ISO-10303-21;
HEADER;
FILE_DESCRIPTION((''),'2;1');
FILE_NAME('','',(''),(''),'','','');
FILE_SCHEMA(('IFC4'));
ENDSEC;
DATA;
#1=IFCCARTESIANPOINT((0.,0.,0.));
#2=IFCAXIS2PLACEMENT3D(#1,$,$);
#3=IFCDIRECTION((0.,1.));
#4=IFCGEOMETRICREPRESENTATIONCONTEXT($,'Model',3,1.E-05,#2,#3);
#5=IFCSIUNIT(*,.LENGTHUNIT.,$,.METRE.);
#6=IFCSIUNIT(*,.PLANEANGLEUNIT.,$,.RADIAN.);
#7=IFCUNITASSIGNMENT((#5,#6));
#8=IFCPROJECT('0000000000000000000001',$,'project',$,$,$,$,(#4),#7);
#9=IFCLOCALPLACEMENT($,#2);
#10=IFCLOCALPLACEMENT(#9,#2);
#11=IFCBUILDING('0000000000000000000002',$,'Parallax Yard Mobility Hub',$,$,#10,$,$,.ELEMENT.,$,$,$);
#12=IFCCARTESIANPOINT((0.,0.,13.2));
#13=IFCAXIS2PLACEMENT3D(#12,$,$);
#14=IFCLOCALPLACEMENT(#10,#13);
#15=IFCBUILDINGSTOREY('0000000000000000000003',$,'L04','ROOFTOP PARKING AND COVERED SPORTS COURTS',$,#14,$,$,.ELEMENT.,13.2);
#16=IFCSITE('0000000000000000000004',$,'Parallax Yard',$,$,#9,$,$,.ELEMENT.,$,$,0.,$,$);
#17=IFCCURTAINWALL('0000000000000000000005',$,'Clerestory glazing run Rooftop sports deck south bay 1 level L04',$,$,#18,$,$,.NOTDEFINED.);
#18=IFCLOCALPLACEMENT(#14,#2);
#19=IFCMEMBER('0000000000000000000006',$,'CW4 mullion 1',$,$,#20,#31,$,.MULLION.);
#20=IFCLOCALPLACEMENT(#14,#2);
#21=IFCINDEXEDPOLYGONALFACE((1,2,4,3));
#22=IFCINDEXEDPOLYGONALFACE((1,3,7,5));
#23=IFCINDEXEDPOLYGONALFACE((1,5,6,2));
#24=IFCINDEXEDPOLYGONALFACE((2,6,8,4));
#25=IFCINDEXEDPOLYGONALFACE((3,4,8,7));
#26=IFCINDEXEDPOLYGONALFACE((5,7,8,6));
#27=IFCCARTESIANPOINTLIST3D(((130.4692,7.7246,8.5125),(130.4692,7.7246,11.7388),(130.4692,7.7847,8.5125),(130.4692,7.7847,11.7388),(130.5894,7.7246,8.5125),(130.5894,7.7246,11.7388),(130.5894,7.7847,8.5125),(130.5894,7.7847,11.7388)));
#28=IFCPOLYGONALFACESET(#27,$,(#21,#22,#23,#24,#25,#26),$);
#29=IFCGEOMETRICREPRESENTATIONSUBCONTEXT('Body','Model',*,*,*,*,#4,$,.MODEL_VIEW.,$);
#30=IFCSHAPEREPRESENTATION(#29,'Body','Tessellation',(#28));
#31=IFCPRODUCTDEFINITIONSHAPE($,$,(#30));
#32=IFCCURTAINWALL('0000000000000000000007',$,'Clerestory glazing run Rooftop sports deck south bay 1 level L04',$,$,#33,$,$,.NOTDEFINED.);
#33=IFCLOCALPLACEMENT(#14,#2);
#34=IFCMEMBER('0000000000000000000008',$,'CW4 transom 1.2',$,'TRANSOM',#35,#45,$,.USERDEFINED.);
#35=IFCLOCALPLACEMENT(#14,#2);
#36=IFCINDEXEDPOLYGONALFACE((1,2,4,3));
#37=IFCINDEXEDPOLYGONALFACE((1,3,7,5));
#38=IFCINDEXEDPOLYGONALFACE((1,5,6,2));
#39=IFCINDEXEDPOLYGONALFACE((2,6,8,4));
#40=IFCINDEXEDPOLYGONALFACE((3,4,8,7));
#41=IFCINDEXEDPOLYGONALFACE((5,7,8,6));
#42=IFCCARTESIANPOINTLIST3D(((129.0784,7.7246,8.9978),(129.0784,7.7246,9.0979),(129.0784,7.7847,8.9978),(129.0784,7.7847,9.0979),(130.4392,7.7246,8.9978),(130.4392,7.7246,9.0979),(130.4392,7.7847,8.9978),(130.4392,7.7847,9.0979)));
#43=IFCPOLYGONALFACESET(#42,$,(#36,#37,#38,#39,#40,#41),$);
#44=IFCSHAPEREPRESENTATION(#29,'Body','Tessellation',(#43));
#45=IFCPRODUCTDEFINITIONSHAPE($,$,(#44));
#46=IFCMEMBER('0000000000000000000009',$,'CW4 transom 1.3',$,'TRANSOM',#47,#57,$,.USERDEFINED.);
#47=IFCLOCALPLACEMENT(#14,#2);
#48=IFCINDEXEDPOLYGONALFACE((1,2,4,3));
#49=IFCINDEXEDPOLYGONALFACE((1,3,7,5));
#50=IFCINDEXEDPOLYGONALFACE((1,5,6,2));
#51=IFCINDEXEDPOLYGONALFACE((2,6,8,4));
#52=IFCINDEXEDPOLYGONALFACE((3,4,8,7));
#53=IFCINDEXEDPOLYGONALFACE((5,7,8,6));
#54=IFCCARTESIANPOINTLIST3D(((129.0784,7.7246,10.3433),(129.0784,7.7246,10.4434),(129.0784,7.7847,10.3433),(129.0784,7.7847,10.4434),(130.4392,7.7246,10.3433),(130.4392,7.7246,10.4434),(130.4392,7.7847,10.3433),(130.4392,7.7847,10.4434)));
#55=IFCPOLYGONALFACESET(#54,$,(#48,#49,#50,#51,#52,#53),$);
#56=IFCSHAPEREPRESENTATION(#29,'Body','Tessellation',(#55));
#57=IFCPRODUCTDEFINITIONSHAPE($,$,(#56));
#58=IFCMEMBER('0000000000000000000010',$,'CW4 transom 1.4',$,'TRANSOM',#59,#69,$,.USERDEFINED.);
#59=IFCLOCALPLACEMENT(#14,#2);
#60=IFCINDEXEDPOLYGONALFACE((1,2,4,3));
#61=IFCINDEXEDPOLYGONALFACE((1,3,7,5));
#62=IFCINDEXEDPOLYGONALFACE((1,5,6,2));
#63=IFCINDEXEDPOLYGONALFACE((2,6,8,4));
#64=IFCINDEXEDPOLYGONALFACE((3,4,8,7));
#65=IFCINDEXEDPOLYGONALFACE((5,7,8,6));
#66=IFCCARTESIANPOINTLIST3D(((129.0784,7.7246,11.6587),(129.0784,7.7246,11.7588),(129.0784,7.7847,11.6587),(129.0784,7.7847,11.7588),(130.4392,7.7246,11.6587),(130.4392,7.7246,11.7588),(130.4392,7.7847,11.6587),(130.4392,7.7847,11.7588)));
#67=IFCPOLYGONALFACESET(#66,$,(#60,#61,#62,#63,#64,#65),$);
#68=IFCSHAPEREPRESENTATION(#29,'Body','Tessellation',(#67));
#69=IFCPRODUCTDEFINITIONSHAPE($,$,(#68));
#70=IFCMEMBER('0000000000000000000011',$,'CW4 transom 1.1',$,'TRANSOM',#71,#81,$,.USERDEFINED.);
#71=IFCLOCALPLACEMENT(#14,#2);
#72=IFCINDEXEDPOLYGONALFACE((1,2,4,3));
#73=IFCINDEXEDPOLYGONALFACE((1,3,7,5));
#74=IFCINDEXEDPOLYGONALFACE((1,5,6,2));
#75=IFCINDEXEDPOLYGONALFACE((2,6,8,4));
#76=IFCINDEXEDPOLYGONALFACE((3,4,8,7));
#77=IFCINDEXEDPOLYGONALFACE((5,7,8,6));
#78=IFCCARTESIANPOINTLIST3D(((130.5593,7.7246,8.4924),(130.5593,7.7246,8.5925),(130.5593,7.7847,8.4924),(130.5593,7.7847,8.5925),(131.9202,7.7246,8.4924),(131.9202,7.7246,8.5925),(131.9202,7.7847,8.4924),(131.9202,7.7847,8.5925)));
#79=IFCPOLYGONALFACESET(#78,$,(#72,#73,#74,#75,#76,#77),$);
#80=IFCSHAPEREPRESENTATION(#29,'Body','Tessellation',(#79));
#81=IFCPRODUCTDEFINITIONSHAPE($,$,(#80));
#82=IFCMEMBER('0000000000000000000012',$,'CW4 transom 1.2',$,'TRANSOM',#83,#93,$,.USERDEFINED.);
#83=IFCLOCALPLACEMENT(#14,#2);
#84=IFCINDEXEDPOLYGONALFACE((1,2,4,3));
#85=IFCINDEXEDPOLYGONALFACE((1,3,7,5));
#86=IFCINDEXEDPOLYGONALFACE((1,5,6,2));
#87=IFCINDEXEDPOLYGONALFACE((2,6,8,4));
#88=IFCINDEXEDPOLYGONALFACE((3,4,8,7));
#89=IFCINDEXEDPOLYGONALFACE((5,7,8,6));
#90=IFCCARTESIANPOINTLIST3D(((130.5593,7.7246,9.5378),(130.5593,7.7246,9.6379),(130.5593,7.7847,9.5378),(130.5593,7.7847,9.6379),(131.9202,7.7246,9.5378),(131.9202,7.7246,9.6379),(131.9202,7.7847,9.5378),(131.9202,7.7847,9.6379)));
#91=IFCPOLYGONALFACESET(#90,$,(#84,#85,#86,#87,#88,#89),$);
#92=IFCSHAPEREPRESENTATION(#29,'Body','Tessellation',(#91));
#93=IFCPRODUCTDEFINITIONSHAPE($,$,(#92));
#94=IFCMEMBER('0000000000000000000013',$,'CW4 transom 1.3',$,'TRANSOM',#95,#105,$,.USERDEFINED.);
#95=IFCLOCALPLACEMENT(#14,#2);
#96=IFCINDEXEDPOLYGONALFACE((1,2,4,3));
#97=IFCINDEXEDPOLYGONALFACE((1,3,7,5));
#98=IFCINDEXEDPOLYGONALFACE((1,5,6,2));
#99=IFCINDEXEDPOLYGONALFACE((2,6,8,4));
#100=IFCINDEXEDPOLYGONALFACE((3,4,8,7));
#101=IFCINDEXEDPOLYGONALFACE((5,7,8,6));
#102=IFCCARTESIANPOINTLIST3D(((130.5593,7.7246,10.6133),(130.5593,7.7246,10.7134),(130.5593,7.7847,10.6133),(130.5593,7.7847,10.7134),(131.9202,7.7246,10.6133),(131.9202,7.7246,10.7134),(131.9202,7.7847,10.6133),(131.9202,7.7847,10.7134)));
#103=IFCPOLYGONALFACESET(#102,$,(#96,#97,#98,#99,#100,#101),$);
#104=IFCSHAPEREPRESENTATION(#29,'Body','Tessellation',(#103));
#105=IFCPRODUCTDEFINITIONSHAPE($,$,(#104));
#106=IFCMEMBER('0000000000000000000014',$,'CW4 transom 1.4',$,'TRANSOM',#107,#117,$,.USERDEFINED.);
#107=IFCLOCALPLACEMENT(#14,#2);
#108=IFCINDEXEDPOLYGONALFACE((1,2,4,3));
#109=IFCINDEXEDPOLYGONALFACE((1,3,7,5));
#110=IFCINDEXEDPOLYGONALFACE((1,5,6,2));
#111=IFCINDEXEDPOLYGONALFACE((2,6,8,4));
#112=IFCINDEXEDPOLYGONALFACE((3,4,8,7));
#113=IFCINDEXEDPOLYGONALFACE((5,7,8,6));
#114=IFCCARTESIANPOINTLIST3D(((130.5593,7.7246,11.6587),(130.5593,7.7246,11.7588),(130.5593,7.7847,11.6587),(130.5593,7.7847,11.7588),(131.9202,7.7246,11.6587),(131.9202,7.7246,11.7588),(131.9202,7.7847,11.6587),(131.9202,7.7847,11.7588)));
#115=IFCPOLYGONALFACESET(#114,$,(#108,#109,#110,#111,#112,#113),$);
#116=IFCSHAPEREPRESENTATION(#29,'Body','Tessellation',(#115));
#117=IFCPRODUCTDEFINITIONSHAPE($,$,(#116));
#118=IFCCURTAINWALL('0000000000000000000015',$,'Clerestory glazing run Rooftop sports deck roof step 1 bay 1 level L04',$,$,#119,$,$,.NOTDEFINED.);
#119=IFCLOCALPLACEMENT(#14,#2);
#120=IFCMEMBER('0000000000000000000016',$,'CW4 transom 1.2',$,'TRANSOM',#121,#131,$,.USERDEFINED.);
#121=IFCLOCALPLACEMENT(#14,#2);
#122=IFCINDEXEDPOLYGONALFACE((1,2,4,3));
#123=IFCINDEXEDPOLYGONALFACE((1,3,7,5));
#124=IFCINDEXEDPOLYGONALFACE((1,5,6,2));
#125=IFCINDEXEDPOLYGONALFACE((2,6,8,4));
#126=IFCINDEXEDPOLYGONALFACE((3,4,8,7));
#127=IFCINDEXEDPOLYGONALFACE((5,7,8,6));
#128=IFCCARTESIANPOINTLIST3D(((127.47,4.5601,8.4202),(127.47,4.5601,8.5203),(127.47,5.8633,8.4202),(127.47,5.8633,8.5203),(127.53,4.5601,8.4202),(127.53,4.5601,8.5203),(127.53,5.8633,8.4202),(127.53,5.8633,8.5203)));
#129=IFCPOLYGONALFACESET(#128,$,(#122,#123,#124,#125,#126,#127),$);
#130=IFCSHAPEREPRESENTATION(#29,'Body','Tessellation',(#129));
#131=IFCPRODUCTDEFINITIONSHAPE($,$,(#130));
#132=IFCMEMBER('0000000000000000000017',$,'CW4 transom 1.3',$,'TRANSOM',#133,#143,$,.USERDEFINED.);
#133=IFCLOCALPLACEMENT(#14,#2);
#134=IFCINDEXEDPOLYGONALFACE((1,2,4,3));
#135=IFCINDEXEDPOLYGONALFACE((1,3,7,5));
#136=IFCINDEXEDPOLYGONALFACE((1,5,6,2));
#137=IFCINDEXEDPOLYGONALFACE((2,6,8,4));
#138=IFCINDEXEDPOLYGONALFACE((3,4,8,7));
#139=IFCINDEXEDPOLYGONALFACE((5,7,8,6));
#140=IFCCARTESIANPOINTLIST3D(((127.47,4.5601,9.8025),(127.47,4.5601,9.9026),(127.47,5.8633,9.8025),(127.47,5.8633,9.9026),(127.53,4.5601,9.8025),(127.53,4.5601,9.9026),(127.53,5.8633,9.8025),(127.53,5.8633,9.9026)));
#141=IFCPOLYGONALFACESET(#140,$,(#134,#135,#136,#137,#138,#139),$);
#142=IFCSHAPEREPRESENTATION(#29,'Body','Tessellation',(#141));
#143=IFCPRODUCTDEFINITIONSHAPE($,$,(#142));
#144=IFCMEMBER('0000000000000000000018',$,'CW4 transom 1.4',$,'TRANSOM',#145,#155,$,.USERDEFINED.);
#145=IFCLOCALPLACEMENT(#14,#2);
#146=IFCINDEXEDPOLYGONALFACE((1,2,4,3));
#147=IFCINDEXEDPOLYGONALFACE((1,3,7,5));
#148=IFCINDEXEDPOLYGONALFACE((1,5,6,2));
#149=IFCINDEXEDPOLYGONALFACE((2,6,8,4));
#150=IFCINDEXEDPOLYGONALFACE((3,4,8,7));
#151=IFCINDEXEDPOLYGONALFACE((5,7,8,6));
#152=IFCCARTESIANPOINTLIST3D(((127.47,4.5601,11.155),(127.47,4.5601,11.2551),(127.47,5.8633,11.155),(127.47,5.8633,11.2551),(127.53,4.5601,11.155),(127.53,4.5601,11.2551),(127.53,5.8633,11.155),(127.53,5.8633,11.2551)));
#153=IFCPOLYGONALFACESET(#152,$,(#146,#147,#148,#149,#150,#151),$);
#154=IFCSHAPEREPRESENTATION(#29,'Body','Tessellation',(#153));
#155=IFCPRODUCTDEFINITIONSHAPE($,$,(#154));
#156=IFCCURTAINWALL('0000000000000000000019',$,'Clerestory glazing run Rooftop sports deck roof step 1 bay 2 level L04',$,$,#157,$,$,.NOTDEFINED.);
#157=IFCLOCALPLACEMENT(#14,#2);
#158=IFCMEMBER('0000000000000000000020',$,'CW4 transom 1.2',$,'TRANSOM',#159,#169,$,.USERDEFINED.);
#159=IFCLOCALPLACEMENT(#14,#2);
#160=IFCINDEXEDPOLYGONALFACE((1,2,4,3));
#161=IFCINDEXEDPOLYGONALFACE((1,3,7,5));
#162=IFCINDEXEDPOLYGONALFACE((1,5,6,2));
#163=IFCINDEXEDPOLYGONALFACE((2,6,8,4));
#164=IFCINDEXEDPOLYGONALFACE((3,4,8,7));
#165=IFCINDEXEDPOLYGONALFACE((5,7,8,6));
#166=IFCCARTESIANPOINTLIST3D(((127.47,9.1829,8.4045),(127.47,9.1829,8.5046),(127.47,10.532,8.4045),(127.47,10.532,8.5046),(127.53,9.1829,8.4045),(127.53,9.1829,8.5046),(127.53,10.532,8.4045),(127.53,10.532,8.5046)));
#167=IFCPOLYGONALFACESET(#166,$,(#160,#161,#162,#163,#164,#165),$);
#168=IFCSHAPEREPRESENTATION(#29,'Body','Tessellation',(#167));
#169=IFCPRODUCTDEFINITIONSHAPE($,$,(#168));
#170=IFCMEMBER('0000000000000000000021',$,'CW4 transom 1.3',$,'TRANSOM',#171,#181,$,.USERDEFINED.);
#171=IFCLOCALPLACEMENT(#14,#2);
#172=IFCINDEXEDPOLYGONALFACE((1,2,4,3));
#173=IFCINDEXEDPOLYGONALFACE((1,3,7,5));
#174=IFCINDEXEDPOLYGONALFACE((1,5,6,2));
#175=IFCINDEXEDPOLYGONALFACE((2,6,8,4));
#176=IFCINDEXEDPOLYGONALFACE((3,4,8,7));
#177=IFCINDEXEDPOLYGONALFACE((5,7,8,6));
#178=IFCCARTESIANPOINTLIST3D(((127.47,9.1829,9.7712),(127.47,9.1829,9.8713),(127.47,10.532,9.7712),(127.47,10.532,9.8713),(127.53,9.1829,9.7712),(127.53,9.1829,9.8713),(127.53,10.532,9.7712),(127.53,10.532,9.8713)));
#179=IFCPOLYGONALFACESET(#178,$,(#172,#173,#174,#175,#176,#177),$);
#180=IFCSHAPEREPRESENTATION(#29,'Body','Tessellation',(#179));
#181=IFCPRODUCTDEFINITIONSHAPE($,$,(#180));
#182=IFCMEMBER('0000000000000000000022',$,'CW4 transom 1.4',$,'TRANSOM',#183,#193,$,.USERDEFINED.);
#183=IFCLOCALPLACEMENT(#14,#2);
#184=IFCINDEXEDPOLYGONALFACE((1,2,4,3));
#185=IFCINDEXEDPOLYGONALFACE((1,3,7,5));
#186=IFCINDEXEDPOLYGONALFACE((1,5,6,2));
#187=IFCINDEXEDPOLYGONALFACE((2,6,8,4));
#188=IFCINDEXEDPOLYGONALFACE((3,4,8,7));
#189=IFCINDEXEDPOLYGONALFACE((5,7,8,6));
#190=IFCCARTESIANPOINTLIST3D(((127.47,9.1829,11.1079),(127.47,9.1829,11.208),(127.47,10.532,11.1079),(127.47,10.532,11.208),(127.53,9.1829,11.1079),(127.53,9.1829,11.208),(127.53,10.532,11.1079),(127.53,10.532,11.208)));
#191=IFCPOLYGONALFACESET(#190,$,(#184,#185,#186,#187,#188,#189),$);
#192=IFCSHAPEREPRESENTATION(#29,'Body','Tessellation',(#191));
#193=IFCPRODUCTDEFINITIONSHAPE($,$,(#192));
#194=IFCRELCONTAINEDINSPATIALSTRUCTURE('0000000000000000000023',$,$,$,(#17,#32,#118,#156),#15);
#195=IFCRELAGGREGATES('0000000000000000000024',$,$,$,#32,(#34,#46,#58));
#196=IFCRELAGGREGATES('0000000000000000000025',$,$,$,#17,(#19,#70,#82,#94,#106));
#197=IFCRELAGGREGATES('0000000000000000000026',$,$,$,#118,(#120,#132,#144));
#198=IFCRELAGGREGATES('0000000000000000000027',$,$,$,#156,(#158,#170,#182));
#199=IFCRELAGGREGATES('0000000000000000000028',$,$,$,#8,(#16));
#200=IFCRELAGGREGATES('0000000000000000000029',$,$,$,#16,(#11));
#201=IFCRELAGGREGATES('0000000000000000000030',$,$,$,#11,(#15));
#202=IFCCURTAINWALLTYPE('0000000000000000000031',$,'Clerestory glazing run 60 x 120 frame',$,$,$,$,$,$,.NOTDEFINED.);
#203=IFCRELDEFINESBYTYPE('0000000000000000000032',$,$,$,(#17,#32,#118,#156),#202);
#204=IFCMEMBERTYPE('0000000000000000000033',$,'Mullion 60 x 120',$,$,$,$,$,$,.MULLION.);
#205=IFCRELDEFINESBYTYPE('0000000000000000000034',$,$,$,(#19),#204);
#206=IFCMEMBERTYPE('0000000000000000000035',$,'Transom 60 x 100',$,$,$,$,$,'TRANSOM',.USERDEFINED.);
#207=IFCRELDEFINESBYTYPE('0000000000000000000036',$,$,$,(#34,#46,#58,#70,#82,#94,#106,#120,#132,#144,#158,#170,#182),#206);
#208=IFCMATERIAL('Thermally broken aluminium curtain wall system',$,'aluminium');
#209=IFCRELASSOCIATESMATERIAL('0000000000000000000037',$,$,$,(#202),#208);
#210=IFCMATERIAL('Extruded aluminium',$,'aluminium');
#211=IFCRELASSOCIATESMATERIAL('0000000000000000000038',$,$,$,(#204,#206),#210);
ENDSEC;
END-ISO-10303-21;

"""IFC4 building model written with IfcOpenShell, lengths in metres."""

from ifc_helpers import new_model, si_unit, direction, frame, origin, origin_2d, place, context, subcontext, project, spatial, rectangle, extrude, material, material_profile, profile_set, type_object, element, aggregate, save


model = new_model("IFC4")

# Units and contexts
model_context = context("Model", 3, precision=1e-05, world=origin(), true_north=direction((0.0, 1.0)))
body_context = subcontext(model_context, "Body", "Model", "MODEL_VIEW")
ifc_project = project(units=[si_unit("LENGTHUNIT", "METRE"), si_unit("PLANEANGLEUNIT", "RADIAN")], contexts=[model_context])

# Site, building, storey
site_placement = place(None, origin())
site = spatial("IfcSite", under=ifc_project, at=site_placement, Name="Parallax Yard", CompositionType="ELEMENT", RefElevation=0.0)
building_placement = place(site_placement, origin())
building = spatial("IfcBuilding", under=site, at=building_placement, Name="Parallax Yard Mobility Hub", CompositionType="ELEMENT")
storey_placement = place(building_placement, frame((0.0, 0.0, 13.2)))
storey = spatial("IfcBuildingStorey", under=building, at=storey_placement, Name="L04", Description="ROOFTOP PARKING AND COVERED SPORTS COURTS", CompositionType="ELEMENT", Elevation=13.2)

# Curtain wall, member
ifc_material_1 = material(Name="Thermally broken aluminium curtain wall system", Category="aluminium")
curtain_wall_type = type_object("IfcCurtainWallType", Name="Clerestory glazing run 60 x 120 frame", PredefinedType="NOTDEFINED", material=ifc_material_1)
curtain_wall_1_placement = place(storey_placement, origin())
curtain_wall_1 = element("IfcCurtainWall", 1, at=curtain_wall_1_placement, inside=storey, type_object=curtain_wall_type, Name="Clerestory glazing run Rooftop sports deck south bay 1 level L04", PredefinedType="NOTDEFINED")
ifc_material_2 = material(Name="Extruded aluminium", Category="aluminium")
ifc_material_profile_1 = material_profile(ifc_material_2, rectangle(XDim=0.0601, YDim=0.1201, at=origin_2d()), Name="Mullion 60 x 120")
ifc_profile_set_1 = profile_set([ifc_material_profile_1], Name="Extruded aluminium")
member_type_1 = type_object("IfcMemberType", Name="Mullion 60 x 120", PredefinedType="MULLION", material=ifc_profile_set_1)
member_1_placement = place(storey_placement, frame((130.5293, 7.7546, 8.5125), z_axis=(0.0, 0.0, 1.0), x_axis=(0.0, 1.0, 0.0)))
member_1 = element("IfcMember", 2, at=member_1_placement, type_object=member_type_1, Name="CW4 mullion 1", PredefinedType="MULLION", context=body_context, shape_type="SweptSolid", body=[
    extrude(rectangle(XDim=0.0601, YDim=0.1201, at=origin_2d()), origin(), (0.0, 0.0, 1.0), 3.2263),
])

# Curtain wall, members
curtain_wall_2_placement = place(storey_placement, origin())
curtain_wall_2 = element("IfcCurtainWall", 3, at=curtain_wall_2_placement, inside=storey, type_object=curtain_wall_type, Name="Clerestory glazing run Rooftop sports deck south bay 1 level L04", PredefinedType="NOTDEFINED")
ifc_material_profile_2 = material_profile(ifc_material_2, rectangle(XDim=0.0601, YDim=0.1001, at=origin_2d()), Name="Transom 60 x 100")
ifc_profile_set_2 = profile_set([ifc_material_profile_2], Name="Extruded aluminium")
member_type_2 = type_object("IfcMemberType", Name="Transom 60 x 100", ElementType="TRANSOM", PredefinedType="USERDEFINED", material=ifc_profile_set_2)
member_2_placement = place(storey_placement, frame((129.0784, 7.7546, 9.0479), z_axis=(1.0, 0.0, 0.0), x_axis=(0.0, 1.0, 0.0)))
member_2 = element("IfcMember", 4, at=member_2_placement, type_object=member_type_2, Name="CW4 transom 1.2", ObjectType="TRANSOM", PredefinedType="USERDEFINED", context=body_context, shape_type="SweptSolid", body=[
    extrude(rectangle(XDim=0.0601, YDim=0.1001, at=origin_2d()), origin(), (0.0, 0.0, 1.0), 1.3608),
])
member_3_placement = place(storey_placement, frame((129.0784, 7.7546, 10.3933), z_axis=(1.0, 0.0, 0.0), x_axis=(0.0, 1.0, 0.0)))
member_3 = element("IfcMember", 5, at=member_3_placement, type_object=member_type_2, Name="CW4 transom 1.3", ObjectType="TRANSOM", PredefinedType="USERDEFINED", context=body_context, shape_type="SweptSolid", body=[
    extrude(rectangle(XDim=0.0601, YDim=0.1001, at=origin_2d()), origin(), (0.0, 0.0, 1.0), 1.3608),
])
member_4_placement = place(storey_placement, frame((129.0784, 7.7546, 11.7087), z_axis=(1.0, 0.0, 0.0), x_axis=(0.0, 1.0, 0.0)))
member_4 = element("IfcMember", 6, at=member_4_placement, type_object=member_type_2, Name="CW4 transom 1.4", ObjectType="TRANSOM", PredefinedType="USERDEFINED", context=body_context, shape_type="SweptSolid", body=[
    extrude(rectangle(XDim=0.0601, YDim=0.1001, at=origin_2d()), origin(), (0.0, 0.0, 1.0), 1.3608),
])

# Members
member_5_placement = place(storey_placement, frame((130.5593, 7.7546, 8.5425), z_axis=(1.0, 0.0, 0.0), x_axis=(0.0, 1.0, 0.0)))
member_5 = element("IfcMember", 7, at=member_5_placement, type_object=member_type_2, Name="CW4 transom 1.1", ObjectType="TRANSOM", PredefinedType="USERDEFINED", context=body_context, shape_type="SweptSolid", body=[
    extrude(rectangle(XDim=0.0601, YDim=0.1001, at=origin_2d()), origin(), (0.0, 0.0, 1.0), 1.3608),
])
member_6_placement = place(storey_placement, frame((130.5593, 7.7546, 9.5879), z_axis=(1.0, 0.0, 0.0), x_axis=(0.0, 1.0, 0.0)))
member_6 = element("IfcMember", 8, at=member_6_placement, type_object=member_type_2, Name="CW4 transom 1.2", ObjectType="TRANSOM", PredefinedType="USERDEFINED", context=body_context, shape_type="SweptSolid", body=[
    extrude(rectangle(XDim=0.0601, YDim=0.1001, at=origin_2d()), origin(), (0.0, 0.0, 1.0), 1.3608),
])
member_7_placement = place(storey_placement, frame((130.5593, 7.7546, 10.6633), z_axis=(1.0, 0.0, 0.0), x_axis=(0.0, 1.0, 0.0)))
member_7 = element("IfcMember", 9, at=member_7_placement, type_object=member_type_2, Name="CW4 transom 1.3", ObjectType="TRANSOM", PredefinedType="USERDEFINED", context=body_context, shape_type="SweptSolid", body=[
    extrude(rectangle(XDim=0.0601, YDim=0.1001, at=origin_2d()), origin(), (0.0, 0.0, 1.0), 1.3608),
])
member_8_placement = place(storey_placement, frame((130.5593, 7.7546, 11.7087), z_axis=(1.0, 0.0, 0.0), x_axis=(0.0, 1.0, 0.0)))
member_8 = element("IfcMember", 10, at=member_8_placement, type_object=member_type_2, Name="CW4 transom 1.4", ObjectType="TRANSOM", PredefinedType="USERDEFINED", context=body_context, shape_type="SweptSolid", body=[
    extrude(rectangle(XDim=0.0601, YDim=0.1001, at=origin_2d()), origin(), (0.0, 0.0, 1.0), 1.3608),
])

# Curtain walls, members
curtain_wall_3_placement = place(storey_placement, origin())
curtain_wall_3 = element("IfcCurtainWall", 11, at=curtain_wall_3_placement, inside=storey, type_object=curtain_wall_type, Name="Clerestory glazing run Rooftop sports deck roof step 1 bay 1 level L04", PredefinedType="NOTDEFINED")
member_9_placement = place(storey_placement, frame((127.5, 4.5601, 8.4702), z_axis=(0.0, 1.0, 0.0), x_axis=(-1.0, 0.0, 0.0)))
member_9 = element("IfcMember", 12, at=member_9_placement, type_object=member_type_2, Name="CW4 transom 1.2", ObjectType="TRANSOM", PredefinedType="USERDEFINED", context=body_context, shape_type="SweptSolid", body=[
    extrude(rectangle(XDim=0.0601, YDim=0.1001, at=origin_2d()), origin(), (0.0, 0.0, 1.0), 1.3032),
])
member_10_placement = place(storey_placement, frame((127.5, 4.5601, 9.8525), z_axis=(0.0, 1.0, 0.0), x_axis=(-1.0, 0.0, 0.0)))
member_10 = element("IfcMember", 13, at=member_10_placement, type_object=member_type_2, Name="CW4 transom 1.3", ObjectType="TRANSOM", PredefinedType="USERDEFINED", context=body_context, shape_type="SweptSolid", body=[
    extrude(rectangle(XDim=0.0601, YDim=0.1001, at=origin_2d()), origin(), (0.0, 0.0, 1.0), 1.3032),
])
member_11_placement = place(storey_placement, frame((127.5, 4.5601, 11.2051), z_axis=(0.0, 1.0, 0.0), x_axis=(-1.0, 0.0, 0.0)))
member_11 = element("IfcMember", 14, at=member_11_placement, type_object=member_type_2, Name="CW4 transom 1.4", ObjectType="TRANSOM", PredefinedType="USERDEFINED", context=body_context, shape_type="SweptSolid", body=[
    extrude(rectangle(XDim=0.0601, YDim=0.1001, at=origin_2d()), origin(), (0.0, 0.0, 1.0), 1.3032),
])
curtain_wall_4_placement = place(storey_placement, origin())
curtain_wall_4 = element("IfcCurtainWall", 15, at=curtain_wall_4_placement, inside=storey, type_object=curtain_wall_type, Name="Clerestory glazing run Rooftop sports deck roof step 1 bay 2 level L04", PredefinedType="NOTDEFINED")
member_12_placement = place(storey_placement, frame((127.5, 9.1829, 8.4546), z_axis=(0.0, 1.0, 0.0), x_axis=(-1.0, 0.0, 0.0)))
member_12 = element("IfcMember", 16, at=member_12_placement, type_object=member_type_2, Name="CW4 transom 1.2", ObjectType="TRANSOM", PredefinedType="USERDEFINED", context=body_context, shape_type="SweptSolid", body=[
    extrude(rectangle(XDim=0.0601, YDim=0.1001, at=origin_2d()), origin(), (0.0, 0.0, 1.0), 1.3491),
])
member_13_placement = place(storey_placement, frame((127.5, 9.1829, 9.8213), z_axis=(0.0, 1.0, 0.0), x_axis=(-1.0, 0.0, 0.0)))
member_13 = element("IfcMember", 17, at=member_13_placement, type_object=member_type_2, Name="CW4 transom 1.3", ObjectType="TRANSOM", PredefinedType="USERDEFINED", context=body_context, shape_type="SweptSolid", body=[
    extrude(rectangle(XDim=0.0601, YDim=0.1001, at=origin_2d()), origin(), (0.0, 0.0, 1.0), 1.3491),
])
member_14_placement = place(storey_placement, frame((127.5, 9.1829, 11.158), z_axis=(0.0, 1.0, 0.0), x_axis=(-1.0, 0.0, 0.0)))
member_14 = element("IfcMember", 18, at=member_14_placement, type_object=member_type_2, Name="CW4 transom 1.4", ObjectType="TRANSOM", PredefinedType="USERDEFINED", context=body_context, shape_type="SweptSolid", body=[
    extrude(rectangle(XDim=0.0601, YDim=0.1001, at=origin_2d()), origin(), (0.0, 0.0, 1.0), 1.3491),
])

aggregate(curtain_wall_2, [member_2, member_3, member_4])
aggregate(curtain_wall_1, [member_1, member_5, member_6, member_7, member_8])
aggregate(curtain_wall_3, [member_9, member_10, member_11])
aggregate(curtain_wall_4, [member_12, member_13, member_14])

save(model, "model.ifc")
